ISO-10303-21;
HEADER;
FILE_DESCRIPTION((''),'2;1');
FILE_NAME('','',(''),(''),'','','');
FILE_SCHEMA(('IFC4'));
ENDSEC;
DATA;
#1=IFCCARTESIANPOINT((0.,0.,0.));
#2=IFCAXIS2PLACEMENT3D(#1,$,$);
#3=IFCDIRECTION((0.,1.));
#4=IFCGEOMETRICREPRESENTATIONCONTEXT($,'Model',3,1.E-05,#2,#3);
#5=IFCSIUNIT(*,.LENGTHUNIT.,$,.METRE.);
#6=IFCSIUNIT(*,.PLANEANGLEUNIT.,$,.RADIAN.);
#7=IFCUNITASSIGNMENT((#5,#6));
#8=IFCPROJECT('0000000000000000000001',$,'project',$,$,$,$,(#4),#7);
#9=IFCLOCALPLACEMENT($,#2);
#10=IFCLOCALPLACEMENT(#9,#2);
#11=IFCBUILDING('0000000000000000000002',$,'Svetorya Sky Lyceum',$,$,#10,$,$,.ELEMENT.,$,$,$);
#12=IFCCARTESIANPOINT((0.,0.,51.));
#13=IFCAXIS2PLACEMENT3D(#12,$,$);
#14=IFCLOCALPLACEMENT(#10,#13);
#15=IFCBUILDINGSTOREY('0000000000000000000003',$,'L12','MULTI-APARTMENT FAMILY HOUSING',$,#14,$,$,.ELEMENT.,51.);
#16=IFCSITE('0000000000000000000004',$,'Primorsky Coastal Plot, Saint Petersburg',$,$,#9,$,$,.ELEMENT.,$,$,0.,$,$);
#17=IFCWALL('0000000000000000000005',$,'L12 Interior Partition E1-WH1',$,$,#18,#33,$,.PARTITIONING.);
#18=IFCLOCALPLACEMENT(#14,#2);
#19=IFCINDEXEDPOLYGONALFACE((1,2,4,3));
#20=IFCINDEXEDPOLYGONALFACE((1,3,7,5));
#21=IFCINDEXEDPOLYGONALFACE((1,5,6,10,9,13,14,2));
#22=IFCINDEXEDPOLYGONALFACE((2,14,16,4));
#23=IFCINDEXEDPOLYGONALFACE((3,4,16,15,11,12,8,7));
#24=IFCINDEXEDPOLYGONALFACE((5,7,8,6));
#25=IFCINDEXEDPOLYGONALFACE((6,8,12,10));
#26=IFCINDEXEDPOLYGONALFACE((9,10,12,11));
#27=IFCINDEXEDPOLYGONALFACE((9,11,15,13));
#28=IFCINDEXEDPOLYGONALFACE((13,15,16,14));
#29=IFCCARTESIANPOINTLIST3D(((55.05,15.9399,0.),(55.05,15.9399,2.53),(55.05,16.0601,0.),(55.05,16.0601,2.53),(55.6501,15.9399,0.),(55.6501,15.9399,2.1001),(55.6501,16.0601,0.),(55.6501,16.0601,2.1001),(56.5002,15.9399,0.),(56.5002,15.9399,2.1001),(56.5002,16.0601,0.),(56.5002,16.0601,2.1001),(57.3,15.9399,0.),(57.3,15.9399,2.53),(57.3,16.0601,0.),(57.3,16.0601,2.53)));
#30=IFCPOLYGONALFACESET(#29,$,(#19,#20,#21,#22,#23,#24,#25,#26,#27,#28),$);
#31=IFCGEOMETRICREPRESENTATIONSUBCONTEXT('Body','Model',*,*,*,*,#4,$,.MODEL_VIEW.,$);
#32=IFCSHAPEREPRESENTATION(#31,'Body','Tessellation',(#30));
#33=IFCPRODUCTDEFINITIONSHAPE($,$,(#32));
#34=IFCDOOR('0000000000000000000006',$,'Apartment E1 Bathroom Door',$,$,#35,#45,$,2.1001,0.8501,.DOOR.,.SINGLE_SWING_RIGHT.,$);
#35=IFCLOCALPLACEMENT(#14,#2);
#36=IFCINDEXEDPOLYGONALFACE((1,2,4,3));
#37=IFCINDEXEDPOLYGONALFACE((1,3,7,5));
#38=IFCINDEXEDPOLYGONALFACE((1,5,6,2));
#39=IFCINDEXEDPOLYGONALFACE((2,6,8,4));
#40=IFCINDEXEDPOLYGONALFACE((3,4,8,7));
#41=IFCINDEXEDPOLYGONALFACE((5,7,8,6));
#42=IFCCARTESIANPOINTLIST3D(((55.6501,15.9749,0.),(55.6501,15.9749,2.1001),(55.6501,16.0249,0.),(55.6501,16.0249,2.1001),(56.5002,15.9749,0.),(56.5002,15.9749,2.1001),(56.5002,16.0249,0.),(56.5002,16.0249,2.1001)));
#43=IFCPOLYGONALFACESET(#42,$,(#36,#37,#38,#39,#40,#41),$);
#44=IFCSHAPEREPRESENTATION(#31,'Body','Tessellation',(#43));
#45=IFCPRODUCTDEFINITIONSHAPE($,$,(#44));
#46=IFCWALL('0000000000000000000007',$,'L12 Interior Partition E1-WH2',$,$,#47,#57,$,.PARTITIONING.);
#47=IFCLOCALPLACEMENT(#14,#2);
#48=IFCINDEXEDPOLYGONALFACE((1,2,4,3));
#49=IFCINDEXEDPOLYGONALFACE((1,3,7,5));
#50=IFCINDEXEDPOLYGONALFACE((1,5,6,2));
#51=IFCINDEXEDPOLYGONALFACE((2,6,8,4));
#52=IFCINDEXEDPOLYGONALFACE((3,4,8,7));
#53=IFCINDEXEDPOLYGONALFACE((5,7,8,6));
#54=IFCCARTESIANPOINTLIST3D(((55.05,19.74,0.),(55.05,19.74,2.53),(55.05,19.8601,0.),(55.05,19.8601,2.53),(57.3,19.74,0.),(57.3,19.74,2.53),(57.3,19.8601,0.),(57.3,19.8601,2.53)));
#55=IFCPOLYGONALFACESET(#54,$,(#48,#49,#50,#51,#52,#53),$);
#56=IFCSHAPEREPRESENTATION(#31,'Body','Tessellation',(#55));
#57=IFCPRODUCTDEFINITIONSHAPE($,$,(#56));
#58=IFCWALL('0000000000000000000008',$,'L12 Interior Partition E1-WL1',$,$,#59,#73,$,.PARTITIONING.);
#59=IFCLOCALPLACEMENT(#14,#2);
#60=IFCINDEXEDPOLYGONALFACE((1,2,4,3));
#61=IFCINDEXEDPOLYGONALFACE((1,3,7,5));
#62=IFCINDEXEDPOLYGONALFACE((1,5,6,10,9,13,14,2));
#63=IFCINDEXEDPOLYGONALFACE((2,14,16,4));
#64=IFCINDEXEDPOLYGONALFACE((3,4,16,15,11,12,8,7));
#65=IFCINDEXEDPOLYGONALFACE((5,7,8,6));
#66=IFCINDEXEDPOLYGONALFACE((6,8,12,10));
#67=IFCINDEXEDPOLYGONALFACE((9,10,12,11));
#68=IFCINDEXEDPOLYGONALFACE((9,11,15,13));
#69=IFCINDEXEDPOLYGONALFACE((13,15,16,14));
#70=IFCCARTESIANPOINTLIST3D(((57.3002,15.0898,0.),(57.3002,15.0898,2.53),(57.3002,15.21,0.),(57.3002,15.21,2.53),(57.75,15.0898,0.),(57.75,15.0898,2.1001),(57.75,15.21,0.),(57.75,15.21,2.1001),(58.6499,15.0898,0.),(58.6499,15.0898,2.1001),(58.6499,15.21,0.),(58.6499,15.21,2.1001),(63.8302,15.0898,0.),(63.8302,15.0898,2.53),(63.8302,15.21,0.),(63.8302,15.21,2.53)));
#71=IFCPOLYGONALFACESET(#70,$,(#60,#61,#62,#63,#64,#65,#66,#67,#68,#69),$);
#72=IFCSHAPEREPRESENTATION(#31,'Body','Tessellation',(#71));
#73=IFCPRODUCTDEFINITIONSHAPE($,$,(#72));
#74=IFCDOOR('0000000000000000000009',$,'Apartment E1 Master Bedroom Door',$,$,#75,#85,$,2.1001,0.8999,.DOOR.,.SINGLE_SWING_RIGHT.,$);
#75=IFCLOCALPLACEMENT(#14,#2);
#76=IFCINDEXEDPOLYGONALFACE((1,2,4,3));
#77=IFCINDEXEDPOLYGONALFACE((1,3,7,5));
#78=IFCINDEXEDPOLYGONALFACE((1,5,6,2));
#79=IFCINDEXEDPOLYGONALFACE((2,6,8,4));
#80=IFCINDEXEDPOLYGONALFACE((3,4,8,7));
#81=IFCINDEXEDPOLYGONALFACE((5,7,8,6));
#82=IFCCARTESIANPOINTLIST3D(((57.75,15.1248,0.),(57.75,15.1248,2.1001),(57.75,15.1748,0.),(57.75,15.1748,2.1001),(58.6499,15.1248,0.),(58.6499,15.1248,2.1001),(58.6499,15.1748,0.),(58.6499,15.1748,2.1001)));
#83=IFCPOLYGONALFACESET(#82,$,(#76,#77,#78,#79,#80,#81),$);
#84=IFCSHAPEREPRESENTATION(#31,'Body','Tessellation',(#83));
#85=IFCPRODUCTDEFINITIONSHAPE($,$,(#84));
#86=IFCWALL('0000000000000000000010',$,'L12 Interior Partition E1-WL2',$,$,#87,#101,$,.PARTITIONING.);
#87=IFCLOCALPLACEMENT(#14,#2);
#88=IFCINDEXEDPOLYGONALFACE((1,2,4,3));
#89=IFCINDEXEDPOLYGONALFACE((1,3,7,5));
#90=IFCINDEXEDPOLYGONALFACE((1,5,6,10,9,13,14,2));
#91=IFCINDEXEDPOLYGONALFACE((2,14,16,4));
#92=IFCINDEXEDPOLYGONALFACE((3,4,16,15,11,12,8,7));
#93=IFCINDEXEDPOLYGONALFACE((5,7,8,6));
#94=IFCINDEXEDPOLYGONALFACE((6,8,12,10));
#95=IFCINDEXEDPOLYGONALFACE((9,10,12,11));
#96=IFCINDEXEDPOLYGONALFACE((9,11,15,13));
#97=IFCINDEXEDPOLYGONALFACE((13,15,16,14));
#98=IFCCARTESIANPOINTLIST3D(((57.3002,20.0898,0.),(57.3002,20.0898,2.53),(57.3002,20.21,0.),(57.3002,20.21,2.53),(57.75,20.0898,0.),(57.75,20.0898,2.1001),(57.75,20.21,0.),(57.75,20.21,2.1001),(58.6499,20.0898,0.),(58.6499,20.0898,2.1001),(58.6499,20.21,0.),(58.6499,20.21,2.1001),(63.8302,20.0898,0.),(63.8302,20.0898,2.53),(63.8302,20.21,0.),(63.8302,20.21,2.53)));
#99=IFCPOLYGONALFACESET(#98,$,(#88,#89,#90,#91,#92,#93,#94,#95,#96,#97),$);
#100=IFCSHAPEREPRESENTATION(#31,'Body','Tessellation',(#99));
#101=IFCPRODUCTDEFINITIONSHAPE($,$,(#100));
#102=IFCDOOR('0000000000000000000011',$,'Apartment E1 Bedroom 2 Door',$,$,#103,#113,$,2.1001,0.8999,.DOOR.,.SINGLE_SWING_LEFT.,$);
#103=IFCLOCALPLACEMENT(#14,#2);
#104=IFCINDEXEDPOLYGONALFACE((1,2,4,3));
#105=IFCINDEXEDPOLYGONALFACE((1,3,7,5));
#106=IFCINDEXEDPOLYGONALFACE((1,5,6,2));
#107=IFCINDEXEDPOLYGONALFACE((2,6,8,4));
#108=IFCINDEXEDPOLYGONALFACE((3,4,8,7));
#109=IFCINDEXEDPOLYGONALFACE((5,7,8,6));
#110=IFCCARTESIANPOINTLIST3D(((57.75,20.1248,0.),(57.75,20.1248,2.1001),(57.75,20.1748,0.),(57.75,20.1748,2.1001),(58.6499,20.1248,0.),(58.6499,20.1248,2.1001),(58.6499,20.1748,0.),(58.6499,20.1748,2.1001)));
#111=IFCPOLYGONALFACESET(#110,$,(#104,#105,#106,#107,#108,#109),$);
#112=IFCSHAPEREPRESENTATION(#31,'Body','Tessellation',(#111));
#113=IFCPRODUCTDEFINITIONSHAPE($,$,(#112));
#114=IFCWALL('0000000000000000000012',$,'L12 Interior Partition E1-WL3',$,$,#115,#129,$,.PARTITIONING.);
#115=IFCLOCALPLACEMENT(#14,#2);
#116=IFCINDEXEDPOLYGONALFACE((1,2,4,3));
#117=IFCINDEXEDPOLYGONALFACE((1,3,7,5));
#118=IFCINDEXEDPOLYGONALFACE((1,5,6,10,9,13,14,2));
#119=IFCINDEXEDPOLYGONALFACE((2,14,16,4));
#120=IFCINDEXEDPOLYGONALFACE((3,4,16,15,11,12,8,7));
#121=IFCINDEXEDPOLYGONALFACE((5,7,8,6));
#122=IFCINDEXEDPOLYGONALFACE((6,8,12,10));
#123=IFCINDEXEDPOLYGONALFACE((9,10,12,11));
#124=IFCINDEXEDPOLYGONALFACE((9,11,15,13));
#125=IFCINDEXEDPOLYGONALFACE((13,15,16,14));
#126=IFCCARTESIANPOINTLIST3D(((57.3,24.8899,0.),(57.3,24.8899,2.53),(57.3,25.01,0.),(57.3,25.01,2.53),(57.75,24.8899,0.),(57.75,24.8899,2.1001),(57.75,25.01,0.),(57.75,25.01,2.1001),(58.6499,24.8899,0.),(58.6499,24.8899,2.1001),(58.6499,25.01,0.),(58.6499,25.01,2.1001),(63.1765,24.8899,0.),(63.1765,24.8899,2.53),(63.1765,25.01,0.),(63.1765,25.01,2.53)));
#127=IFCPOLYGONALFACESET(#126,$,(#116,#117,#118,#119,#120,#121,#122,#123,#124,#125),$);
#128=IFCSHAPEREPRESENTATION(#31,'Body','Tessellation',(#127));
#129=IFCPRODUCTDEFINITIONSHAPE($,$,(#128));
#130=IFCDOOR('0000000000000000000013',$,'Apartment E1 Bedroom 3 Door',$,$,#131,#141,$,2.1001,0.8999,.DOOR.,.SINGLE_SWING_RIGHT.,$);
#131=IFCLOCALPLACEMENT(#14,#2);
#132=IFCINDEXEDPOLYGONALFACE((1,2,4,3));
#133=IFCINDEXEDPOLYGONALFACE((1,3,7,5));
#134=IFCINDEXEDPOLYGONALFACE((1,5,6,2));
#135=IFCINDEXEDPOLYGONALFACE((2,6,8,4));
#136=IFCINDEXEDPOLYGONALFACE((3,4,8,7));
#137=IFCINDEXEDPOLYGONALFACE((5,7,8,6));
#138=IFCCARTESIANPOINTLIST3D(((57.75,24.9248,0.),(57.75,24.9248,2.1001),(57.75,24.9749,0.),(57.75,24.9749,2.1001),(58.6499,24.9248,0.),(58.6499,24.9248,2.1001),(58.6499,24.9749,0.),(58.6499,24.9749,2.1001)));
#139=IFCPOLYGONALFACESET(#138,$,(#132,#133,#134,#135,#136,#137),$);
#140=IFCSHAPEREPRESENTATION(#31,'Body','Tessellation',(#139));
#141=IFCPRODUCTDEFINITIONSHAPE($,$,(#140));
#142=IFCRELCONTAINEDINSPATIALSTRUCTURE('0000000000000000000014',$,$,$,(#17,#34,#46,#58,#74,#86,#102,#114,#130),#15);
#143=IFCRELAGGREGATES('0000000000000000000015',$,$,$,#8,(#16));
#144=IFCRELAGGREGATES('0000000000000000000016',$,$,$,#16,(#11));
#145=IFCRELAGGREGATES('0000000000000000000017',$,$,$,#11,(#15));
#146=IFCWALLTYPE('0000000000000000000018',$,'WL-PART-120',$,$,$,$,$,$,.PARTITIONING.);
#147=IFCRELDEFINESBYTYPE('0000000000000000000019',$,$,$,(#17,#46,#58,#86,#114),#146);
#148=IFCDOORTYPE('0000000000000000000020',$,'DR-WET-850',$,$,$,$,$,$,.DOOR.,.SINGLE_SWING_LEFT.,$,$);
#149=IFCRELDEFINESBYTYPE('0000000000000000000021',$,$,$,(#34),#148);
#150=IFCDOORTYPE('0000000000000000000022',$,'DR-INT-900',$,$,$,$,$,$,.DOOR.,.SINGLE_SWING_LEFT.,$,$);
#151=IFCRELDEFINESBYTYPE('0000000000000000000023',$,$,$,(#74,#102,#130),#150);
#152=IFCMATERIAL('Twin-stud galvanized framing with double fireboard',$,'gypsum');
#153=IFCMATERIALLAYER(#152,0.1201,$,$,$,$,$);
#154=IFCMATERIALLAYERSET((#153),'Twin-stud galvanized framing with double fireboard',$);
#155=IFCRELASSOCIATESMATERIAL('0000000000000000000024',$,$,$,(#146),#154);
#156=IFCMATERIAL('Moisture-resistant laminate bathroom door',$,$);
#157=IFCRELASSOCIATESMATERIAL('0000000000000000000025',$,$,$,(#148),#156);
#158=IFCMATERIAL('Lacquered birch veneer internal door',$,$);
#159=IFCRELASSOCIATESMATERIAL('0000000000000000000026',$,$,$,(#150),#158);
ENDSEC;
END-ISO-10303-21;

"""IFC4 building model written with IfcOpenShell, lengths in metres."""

from ifc_helpers import new_model, si_unit, direction, frame, frame_2d, origin, place, context, subcontext, project, spatial, rectangle, extrude, material, layer, layer_set, type_object, element, fill, save


model = new_model("IFC4")

# Units and contexts
model_context = context("Model", 3, precision=1e-05, world=origin(), true_north=direction((0.0, 1.0)))
body_context = subcontext(model_context, "Body", "Model", "MODEL_VIEW")
ifc_project = project(units=[si_unit("LENGTHUNIT", "METRE"), si_unit("PLANEANGLEUNIT", "RADIAN")], contexts=[model_context])

# Site, building, storey
site_placement = place(None, origin())
site = spatial("IfcSite", under=ifc_project, at=site_placement, Name="Primorsky Coastal Plot, Saint Petersburg", CompositionType="ELEMENT", RefElevation=0.0)
building_placement = place(site_placement, origin())
building = spatial("IfcBuilding", under=site, at=building_placement, Name="Svetorya Sky Lyceum", CompositionType="ELEMENT")
storey_placement = place(building_placement, frame((0.0, 0.0, 51.0)))
storey = spatial("IfcBuildingStorey", under=building, at=storey_placement, Name="L12", Description="MULTI-APARTMENT FAMILY HOUSING", CompositionType="ELEMENT", Elevation=51.0)

# Wall, opening, door
ifc_material_1 = material(Name="Twin-stud galvanized framing with double fireboard", Category="gypsum")
ifc_layer_1 = layer(ifc_material_1, 0.1201)
ifc_layer_set_1 = layer_set([ifc_layer_1], Name="Twin-stud galvanized framing with double fireboard")
wall_type_1 = type_object("IfcWallType", Name="WL-PART-120", PredefinedType="PARTITIONING", material=ifc_layer_set_1)
wall_1_placement = place(storey_placement, frame((55.05, 16.0, 0.0), z_axis=(0.0, 0.0, 1.0), x_axis=(1.0, 0.0, 0.0)))
wall_1 = element("IfcWall", 1, at=wall_1_placement, inside=storey, type_object=wall_type_1, Name="L12 Interior Partition E1-WH1", PredefinedType="PARTITIONING", context=body_context, shape_type="SweptSolid", body=[
    extrude(rectangle(XDim=2.25, YDim=0.1201, at=frame_2d((1.125, 0.0))), origin(), (0.0, 0.0, 1.0), 2.53),
])
opening_1_placement = place(wall_1_placement, frame((0.6001, 0.0, 0.0)))
opening_1 = element("IfcOpeningElement", 2, at=opening_1_placement, cuts=wall_1, PredefinedType="OPENING", context=body_context, shape_type="SweptSolid", body=[
    extrude(rectangle(XDim=0.8501, YDim=2.1001, at=frame_2d((0.425, 1.05))), frame((0.0, 0.0701, 0.0), z_axis=(0.0, -1.0, 0.0), x_axis=(1.0, 0.0, 0.0)), (0.0, 0.0, 1.0), 0.1401),
])
ifc_material_2 = material(Name="Moisture-resistant laminate bathroom door")
door_type_1 = type_object("IfcDoorType", Name="DR-WET-850", OperationType="SINGLE_SWING_LEFT", PredefinedType="DOOR", material=ifc_material_2)
door_1_placement = place(opening_1_placement, origin())
door_1 = element("IfcDoor", 3, at=door_1_placement, inside=storey, type_object=door_type_1, Name="Apartment E1 Bathroom Door", OperationType="SINGLE_SWING_RIGHT", OverallHeight=2.1001, OverallWidth=0.8501, PredefinedType="DOOR", context=body_context, shape_type="SweptSolid", body=[
    extrude(rectangle(XDim=0.8501, YDim=2.1001, at=frame_2d((0.425, 1.05))), frame((0.0, 0.0249, 0.0), z_axis=(0.0, -1.0, 0.0), x_axis=(1.0, 0.0, 0.0)), (0.0, 0.0, 1.0), 0.05),
])
fill(opening_1, door_1)

# Wall
wall_2_placement = place(storey_placement, frame((55.05, 19.8, 0.0), z_axis=(0.0, 0.0, 1.0), x_axis=(1.0, 0.0, 0.0)))
element("IfcWall", 4, at=wall_2_placement, inside=storey, type_object=wall_type_1, Name="L12 Interior Partition E1-WH2", PredefinedType="PARTITIONING", context=body_context, shape_type="SweptSolid", body=[
    extrude(rectangle(XDim=2.25, YDim=0.1201, at=frame_2d((1.125, 0.0))), origin(), (0.0, 0.0, 1.0), 2.53),
])

# Walls, openings, doors
wall_3_placement = place(storey_placement, frame((57.3, 15.1499, 0.0), z_axis=(0.0, 0.0, 1.0), x_axis=(1.0, 0.0, 0.0)))
wall_3 = element("IfcWall", 5, at=wall_3_placement, inside=storey, type_object=wall_type_1, Name="L12 Interior Partition E1-WL1", PredefinedType="PARTITIONING", context=body_context, shape_type="SweptSolid", body=[
    extrude(rectangle(XDim=6.53, YDim=0.1201, at=frame_2d((3.2651, 0.0))), origin(), (0.0, 0.0, 1.0), 2.53),
])
opening_2_placement = place(wall_3_placement, frame((0.45, 0.0, 0.0)))
opening_2 = element("IfcOpeningElement", 6, at=opening_2_placement, cuts=wall_3, PredefinedType="OPENING", context=body_context, shape_type="SweptSolid", body=[
    extrude(rectangle(XDim=0.8999, YDim=2.1001, at=frame_2d((0.45, 1.05))), frame((0.0, 0.0701, 0.0), z_axis=(0.0, -1.0, 0.0), x_axis=(1.0, 0.0, 0.0)), (0.0, 0.0, 1.0), 0.1401),
])
ifc_material_3 = material(Name="Lacquered birch veneer internal door")
door_type_2 = type_object("IfcDoorType", Name="DR-INT-900", OperationType="SINGLE_SWING_LEFT", PredefinedType="DOOR", material=ifc_material_3)
door_2_placement = place(opening_2_placement, origin())
door_2 = element("IfcDoor", 7, at=door_2_placement, inside=storey, type_object=door_type_2, Name="Apartment E1 Master Bedroom Door", OperationType="SINGLE_SWING_RIGHT", OverallHeight=2.1001, OverallWidth=0.8999, PredefinedType="DOOR", context=body_context, shape_type="SweptSolid", body=[
    extrude(rectangle(XDim=0.8999, YDim=2.1001, at=frame_2d((0.45, 1.05))), frame((0.0, 0.0249, 0.0), z_axis=(0.0, -1.0, 0.0), x_axis=(1.0, 0.0, 0.0)), (0.0, 0.0, 1.0), 0.05),
])
fill(opening_2, door_2)
wall_4_placement = place(storey_placement, frame((57.3, 20.1499, 0.0), z_axis=(0.0, 0.0, 1.0), x_axis=(1.0, 0.0, 0.0)))
wall_4 = element("IfcWall", 8, at=wall_4_placement, inside=storey, type_object=wall_type_1, Name="L12 Interior Partition E1-WL2", PredefinedType="PARTITIONING", context=body_context, shape_type="SweptSolid", body=[
    extrude(rectangle(XDim=6.53, YDim=0.1201, at=frame_2d((3.2651, 0.0))), origin(), (0.0, 0.0, 1.0), 2.53),
])
opening_3_placement = place(wall_4_placement, frame((0.45, 0.0, 0.0)))
opening_3 = element("IfcOpeningElement", 9, at=opening_3_placement, cuts=wall_4, PredefinedType="OPENING", context=body_context, shape_type="SweptSolid", body=[
    extrude(rectangle(XDim=0.8999, YDim=2.1001, at=frame_2d((0.45, 1.05))), frame((0.0, 0.0701, 0.0), z_axis=(0.0, -1.0, 0.0), x_axis=(1.0, 0.0, 0.0)), (0.0, 0.0, 1.0), 0.1401),
])
door_3_placement = place(opening_3_placement, origin())
door_3 = element("IfcDoor", 10, at=door_3_placement, inside=storey, type_object=door_type_2, Name="Apartment E1 Bedroom 2 Door", OperationType="SINGLE_SWING_LEFT", OverallHeight=2.1001, OverallWidth=0.8999, PredefinedType="DOOR", context=body_context, shape_type="SweptSolid", body=[
    extrude(rectangle(XDim=0.8999, YDim=2.1001, at=frame_2d((0.45, 1.05))), frame((0.0, 0.0249, 0.0), z_axis=(0.0, -1.0, 0.0), x_axis=(1.0, 0.0, 0.0)), (0.0, 0.0, 1.0), 0.05),
])
fill(opening_3, door_3)
wall_5_placement = place(storey_placement, frame((57.3, 24.95, 0.0), z_axis=(0.0, 0.0, 1.0), x_axis=(1.0, 0.0, 0.0)))
wall_5 = element("IfcWall", 11, at=wall_5_placement, inside=storey, type_object=wall_type_1, Name="L12 Interior Partition E1-WL3", PredefinedType="PARTITIONING", context=body_context, shape_type="SweptSolid", body=[
    extrude(rectangle(XDim=5.8765, YDim=0.1201, at=frame_2d((2.9382, 0.0))), origin(), (0.0, 0.0, 1.0), 2.53),
])
opening_4_placement = place(wall_5_placement, frame((0.45, 0.0, 0.0)))
opening_4 = element("IfcOpeningElement", 12, at=opening_4_placement, cuts=wall_5, PredefinedType="OPENING", context=body_context, shape_type="SweptSolid", body=[
    extrude(rectangle(XDim=0.8999, YDim=2.1001, at=frame_2d((0.45, 1.05))), frame((0.0, 0.0701, 0.0), z_axis=(0.0, -1.0, 0.0), x_axis=(1.0, 0.0, 0.0)), (0.0, 0.0, 1.0), 0.1401),
])
door_4_placement = place(opening_4_placement, origin())
door_4 = element("IfcDoor", 13, at=door_4_placement, inside=storey, type_object=door_type_2, Name="Apartment E1 Bedroom 3 Door", OperationType="SINGLE_SWING_RIGHT", OverallHeight=2.1001, OverallWidth=0.8999, PredefinedType="DOOR", context=body_context, shape_type="SweptSolid", body=[
    extrude(rectangle(XDim=0.8999, YDim=2.1001, at=frame_2d((0.45, 1.05))), frame((0.0, 0.0249, 0.0), z_axis=(0.0, -1.0, 0.0), x_axis=(1.0, 0.0, 0.0)), (0.0, 0.0, 1.0), 0.05),
])
fill(opening_4, door_4)

save(model, "model.ifc")
